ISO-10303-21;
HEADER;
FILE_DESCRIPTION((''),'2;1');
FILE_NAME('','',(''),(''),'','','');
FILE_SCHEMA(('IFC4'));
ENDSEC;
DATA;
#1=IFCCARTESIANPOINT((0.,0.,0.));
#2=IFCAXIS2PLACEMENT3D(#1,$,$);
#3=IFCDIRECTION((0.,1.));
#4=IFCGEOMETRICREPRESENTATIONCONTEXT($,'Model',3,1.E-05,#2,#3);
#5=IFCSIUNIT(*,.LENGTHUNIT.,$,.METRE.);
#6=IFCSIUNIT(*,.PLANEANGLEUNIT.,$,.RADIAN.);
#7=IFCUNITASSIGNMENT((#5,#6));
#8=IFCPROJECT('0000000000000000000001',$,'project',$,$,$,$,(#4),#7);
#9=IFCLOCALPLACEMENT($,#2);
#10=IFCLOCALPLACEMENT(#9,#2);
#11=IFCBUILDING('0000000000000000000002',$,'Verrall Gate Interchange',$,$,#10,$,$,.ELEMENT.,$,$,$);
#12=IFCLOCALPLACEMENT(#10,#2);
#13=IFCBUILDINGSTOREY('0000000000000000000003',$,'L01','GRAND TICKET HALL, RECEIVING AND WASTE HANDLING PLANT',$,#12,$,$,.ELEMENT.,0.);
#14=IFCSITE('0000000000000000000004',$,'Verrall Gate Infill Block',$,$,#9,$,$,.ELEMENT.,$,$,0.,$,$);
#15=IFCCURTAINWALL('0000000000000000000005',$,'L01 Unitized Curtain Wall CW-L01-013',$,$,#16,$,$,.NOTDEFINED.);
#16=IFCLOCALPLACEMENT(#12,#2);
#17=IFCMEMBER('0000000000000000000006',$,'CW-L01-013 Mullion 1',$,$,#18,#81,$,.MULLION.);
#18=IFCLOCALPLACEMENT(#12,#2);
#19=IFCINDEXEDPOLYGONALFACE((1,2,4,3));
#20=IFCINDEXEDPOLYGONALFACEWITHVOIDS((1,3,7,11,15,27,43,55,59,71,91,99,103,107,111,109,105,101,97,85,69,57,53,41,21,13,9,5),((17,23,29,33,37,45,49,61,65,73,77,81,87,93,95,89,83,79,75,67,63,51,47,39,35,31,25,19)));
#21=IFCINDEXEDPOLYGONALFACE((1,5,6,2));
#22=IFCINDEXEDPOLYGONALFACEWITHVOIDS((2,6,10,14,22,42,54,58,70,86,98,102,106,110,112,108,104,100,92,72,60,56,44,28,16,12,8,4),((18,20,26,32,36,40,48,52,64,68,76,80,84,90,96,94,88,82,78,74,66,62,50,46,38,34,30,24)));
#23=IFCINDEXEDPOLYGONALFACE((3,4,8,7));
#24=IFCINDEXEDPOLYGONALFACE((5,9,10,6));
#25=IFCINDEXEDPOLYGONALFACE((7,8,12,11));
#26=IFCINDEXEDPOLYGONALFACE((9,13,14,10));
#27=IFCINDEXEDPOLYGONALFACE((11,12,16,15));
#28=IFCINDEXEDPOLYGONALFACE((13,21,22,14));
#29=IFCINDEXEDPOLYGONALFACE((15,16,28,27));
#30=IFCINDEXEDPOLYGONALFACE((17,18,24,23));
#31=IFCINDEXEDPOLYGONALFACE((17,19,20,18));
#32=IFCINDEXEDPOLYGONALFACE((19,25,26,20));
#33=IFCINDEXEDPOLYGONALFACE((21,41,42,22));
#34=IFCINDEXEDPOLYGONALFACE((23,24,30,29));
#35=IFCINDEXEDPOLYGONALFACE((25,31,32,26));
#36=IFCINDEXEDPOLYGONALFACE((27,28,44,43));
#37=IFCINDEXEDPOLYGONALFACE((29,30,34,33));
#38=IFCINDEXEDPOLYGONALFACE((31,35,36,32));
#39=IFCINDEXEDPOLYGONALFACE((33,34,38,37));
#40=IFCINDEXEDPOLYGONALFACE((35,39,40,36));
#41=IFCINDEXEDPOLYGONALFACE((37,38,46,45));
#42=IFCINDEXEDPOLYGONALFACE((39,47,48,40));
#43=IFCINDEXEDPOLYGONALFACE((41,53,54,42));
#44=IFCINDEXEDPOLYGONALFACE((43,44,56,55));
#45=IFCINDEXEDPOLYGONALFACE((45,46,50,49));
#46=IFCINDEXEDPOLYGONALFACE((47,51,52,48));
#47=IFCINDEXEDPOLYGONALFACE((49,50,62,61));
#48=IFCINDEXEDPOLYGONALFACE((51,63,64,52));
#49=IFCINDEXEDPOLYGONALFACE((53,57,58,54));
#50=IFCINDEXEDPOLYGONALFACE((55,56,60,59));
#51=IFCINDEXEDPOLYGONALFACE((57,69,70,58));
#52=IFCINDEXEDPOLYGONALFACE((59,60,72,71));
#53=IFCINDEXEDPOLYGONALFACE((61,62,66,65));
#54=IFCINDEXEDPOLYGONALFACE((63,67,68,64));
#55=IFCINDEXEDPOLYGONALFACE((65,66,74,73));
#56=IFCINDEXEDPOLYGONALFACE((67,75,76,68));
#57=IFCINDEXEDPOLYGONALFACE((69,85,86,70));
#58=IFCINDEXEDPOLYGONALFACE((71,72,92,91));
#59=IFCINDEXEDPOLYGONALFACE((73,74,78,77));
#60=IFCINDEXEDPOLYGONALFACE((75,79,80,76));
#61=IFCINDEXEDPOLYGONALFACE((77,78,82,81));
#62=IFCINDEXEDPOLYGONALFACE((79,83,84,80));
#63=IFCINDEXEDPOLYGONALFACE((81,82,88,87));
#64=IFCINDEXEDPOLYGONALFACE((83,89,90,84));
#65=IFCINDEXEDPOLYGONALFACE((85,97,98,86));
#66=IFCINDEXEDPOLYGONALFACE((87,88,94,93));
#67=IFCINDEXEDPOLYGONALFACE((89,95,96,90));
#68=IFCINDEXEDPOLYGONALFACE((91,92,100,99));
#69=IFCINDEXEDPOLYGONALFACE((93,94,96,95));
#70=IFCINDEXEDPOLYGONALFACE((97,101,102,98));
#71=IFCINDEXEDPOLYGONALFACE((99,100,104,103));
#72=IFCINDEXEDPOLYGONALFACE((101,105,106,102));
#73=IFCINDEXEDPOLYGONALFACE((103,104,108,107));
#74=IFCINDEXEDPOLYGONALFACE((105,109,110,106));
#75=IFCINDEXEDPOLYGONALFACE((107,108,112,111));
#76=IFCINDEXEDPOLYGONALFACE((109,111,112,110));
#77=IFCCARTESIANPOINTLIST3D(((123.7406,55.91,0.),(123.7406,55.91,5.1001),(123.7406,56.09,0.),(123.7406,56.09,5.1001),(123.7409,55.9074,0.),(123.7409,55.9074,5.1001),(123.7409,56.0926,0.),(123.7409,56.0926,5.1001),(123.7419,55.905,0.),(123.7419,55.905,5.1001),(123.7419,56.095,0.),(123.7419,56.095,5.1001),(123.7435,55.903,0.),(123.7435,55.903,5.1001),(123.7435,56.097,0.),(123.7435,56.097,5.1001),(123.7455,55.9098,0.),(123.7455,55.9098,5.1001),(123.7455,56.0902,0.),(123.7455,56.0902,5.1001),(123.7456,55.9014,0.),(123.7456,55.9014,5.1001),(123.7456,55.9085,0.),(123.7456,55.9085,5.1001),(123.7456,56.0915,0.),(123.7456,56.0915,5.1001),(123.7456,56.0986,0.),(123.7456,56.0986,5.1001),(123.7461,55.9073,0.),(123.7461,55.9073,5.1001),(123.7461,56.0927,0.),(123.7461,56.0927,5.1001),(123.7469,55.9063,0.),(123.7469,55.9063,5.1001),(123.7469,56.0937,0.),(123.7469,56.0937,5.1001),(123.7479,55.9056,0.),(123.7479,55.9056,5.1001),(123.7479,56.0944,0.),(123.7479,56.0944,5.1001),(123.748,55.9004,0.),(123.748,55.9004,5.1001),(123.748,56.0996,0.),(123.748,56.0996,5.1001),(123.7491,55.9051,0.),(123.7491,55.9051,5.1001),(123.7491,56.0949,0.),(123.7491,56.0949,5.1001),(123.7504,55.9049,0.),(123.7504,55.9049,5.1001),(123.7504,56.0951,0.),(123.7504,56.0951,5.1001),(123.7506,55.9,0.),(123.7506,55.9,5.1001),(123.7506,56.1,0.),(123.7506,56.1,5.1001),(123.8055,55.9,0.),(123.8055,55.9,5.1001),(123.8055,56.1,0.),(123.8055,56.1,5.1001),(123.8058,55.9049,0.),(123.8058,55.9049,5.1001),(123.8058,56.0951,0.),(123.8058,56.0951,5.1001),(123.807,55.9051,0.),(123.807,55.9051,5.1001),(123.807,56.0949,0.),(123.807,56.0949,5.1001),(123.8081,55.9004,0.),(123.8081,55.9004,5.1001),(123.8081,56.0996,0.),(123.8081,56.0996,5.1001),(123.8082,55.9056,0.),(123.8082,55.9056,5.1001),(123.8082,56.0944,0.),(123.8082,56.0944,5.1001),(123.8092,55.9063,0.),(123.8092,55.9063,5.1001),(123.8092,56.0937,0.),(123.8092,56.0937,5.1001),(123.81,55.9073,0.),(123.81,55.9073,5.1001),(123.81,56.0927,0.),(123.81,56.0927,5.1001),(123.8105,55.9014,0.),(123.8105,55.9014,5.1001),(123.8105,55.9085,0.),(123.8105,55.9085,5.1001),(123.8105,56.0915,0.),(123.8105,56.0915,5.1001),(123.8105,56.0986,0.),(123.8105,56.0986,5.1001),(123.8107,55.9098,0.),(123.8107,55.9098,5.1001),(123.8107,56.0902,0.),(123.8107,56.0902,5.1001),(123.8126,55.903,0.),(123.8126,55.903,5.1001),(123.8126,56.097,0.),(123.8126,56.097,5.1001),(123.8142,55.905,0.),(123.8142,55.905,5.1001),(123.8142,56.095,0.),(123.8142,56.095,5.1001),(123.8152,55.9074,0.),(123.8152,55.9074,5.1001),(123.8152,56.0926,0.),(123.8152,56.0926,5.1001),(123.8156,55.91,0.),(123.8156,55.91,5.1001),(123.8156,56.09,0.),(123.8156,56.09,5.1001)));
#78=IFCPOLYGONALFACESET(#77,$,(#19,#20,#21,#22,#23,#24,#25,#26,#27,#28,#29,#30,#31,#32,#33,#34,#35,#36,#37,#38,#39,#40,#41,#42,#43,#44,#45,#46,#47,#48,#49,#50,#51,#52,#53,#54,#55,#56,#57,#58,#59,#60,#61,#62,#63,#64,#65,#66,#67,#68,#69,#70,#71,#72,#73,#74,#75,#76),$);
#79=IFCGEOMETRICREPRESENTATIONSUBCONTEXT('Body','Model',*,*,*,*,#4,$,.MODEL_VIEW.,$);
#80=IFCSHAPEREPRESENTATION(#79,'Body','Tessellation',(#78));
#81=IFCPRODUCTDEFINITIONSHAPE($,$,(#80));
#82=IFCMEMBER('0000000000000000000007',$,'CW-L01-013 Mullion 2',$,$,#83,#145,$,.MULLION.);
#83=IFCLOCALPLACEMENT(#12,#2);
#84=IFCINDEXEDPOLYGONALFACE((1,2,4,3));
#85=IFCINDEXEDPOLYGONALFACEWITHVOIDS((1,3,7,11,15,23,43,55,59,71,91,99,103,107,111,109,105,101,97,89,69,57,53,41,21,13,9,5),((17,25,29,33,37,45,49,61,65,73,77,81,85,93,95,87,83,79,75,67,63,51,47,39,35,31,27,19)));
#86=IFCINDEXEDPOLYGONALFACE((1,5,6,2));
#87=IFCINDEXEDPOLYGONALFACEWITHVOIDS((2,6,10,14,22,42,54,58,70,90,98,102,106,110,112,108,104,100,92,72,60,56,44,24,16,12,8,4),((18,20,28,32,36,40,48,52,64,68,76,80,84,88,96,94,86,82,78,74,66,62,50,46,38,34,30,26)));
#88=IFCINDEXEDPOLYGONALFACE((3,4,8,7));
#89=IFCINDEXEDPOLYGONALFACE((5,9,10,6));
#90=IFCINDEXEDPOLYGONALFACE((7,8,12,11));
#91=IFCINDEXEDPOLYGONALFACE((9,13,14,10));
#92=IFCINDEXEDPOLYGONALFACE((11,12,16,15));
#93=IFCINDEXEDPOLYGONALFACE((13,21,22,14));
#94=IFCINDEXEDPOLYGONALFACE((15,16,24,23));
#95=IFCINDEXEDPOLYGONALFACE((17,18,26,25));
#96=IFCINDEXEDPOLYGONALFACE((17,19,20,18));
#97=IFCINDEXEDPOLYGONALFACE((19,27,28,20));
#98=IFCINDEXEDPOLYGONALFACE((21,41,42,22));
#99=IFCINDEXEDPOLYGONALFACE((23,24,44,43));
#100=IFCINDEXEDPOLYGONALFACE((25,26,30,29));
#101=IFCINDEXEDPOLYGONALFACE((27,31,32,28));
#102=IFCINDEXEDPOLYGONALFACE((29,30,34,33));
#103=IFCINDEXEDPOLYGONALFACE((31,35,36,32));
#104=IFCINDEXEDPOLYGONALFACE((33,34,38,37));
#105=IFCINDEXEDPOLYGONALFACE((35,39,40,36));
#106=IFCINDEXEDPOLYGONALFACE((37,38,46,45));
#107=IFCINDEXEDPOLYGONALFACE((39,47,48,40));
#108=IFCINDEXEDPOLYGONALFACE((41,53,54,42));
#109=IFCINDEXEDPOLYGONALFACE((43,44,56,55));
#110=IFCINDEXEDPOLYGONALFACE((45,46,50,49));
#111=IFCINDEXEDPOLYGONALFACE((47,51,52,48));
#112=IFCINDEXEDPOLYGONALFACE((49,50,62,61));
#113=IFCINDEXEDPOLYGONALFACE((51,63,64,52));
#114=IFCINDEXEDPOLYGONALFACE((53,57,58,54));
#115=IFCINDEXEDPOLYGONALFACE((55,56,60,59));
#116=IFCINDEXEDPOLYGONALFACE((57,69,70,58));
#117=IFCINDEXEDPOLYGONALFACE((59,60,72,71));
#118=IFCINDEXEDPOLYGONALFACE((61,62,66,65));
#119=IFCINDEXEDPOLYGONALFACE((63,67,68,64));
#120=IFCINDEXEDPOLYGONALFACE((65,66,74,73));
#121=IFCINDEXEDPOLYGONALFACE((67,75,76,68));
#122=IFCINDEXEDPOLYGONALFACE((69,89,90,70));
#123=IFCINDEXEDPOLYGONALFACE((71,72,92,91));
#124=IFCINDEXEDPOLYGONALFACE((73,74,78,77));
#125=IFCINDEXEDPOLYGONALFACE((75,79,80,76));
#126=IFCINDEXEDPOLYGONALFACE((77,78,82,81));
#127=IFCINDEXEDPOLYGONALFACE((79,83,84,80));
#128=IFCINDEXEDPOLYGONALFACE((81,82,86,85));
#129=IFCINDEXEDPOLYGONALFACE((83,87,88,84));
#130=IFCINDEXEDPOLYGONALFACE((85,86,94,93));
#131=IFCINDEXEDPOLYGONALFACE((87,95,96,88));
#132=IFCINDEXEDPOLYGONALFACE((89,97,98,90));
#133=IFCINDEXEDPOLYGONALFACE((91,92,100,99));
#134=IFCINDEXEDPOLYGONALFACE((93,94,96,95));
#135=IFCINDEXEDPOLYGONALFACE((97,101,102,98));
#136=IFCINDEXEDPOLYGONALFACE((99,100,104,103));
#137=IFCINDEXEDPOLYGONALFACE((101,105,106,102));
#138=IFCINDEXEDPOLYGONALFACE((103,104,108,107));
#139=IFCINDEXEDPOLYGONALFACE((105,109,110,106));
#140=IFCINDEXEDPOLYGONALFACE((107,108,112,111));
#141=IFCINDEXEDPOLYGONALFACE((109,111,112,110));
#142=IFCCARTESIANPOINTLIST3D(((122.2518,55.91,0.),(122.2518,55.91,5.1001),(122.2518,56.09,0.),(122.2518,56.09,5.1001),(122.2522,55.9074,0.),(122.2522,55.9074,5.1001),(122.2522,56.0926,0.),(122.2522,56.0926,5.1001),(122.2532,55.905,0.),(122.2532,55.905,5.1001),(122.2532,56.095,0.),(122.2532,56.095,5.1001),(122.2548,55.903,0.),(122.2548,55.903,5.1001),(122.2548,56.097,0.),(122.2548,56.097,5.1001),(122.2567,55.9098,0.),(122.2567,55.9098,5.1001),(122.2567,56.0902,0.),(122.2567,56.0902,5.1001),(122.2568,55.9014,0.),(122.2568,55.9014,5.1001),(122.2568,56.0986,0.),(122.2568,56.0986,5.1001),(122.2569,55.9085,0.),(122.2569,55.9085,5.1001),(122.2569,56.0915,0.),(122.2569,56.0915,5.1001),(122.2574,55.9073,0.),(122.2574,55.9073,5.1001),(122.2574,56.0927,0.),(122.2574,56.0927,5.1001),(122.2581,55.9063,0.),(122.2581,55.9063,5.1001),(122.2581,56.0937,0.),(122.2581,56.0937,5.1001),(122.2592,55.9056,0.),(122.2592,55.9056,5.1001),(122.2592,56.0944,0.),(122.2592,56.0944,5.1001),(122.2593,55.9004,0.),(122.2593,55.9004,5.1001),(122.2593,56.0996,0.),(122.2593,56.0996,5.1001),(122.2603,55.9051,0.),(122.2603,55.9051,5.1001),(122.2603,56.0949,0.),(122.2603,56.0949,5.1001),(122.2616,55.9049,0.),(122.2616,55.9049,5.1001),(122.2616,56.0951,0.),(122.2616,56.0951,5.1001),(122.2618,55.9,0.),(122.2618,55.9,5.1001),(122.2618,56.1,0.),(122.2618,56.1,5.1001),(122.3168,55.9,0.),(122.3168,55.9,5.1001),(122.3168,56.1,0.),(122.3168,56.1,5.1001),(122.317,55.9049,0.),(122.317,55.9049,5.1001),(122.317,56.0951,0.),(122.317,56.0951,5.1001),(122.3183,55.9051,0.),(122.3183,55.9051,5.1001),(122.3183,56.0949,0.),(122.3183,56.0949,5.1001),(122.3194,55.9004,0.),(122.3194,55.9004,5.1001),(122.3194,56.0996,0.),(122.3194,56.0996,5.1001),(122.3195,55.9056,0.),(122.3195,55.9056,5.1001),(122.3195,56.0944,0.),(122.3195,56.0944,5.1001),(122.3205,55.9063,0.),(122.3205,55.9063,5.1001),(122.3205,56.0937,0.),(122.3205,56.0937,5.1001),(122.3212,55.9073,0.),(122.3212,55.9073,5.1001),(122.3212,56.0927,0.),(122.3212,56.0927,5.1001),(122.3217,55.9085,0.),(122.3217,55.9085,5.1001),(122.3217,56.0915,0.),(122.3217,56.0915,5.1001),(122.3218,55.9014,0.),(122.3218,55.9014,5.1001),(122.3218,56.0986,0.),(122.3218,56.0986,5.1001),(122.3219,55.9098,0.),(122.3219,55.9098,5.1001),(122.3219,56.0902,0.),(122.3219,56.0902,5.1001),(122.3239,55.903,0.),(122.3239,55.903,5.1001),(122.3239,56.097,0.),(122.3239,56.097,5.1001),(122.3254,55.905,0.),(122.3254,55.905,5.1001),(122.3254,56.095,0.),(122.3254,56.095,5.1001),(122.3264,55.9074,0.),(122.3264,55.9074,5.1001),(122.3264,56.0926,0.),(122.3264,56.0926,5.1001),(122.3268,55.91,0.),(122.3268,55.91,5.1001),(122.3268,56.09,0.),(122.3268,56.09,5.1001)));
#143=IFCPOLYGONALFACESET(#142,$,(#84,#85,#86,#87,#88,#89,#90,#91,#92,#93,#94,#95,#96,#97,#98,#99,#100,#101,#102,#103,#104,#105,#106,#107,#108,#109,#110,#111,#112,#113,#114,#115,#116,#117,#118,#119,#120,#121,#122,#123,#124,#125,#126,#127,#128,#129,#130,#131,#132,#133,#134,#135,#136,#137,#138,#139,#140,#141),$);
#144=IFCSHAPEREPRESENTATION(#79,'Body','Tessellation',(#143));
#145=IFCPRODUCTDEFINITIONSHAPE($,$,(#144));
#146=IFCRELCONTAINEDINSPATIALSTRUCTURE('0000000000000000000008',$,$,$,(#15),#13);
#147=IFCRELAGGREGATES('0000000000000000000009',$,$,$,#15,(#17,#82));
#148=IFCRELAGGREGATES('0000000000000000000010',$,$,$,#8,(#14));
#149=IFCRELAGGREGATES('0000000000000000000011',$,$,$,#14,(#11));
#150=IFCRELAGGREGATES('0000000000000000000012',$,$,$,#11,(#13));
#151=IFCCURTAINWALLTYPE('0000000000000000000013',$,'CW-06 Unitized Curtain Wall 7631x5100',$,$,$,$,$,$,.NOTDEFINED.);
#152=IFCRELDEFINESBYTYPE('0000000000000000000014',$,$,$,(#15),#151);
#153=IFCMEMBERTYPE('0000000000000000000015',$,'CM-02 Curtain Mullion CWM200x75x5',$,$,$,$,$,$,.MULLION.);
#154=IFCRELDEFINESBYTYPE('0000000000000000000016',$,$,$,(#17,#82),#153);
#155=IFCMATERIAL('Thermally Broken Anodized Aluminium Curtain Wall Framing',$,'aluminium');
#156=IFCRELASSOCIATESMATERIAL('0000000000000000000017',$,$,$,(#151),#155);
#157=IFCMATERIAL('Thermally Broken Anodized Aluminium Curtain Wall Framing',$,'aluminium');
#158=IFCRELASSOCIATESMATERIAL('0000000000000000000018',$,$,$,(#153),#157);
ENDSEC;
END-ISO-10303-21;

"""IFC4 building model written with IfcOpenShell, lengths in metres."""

from ifc_helpers import new_model, si_unit, direction, frame, origin, origin_2d, place, context, subcontext, project, spatial, hollow_rectangle, extrude, material, material_profile, profile_set, type_object, element, aggregate, save


model = new_model("IFC4")

# Units and contexts
model_context = context("Model", 3, precision=1e-05, world=origin(), true_north=direction((0.0, 1.0)))
body_context = subcontext(model_context, "Body", "Model", "MODEL_VIEW")
ifc_project = project(units=[si_unit("LENGTHUNIT", "METRE"), si_unit("PLANEANGLEUNIT", "RADIAN")], contexts=[model_context])

# Site, building, storey
site_placement = place(None, origin())
site = spatial("IfcSite", under=ifc_project, at=site_placement, Name="Verrall Gate Infill Block", CompositionType="ELEMENT", RefElevation=0.0)
building_placement = place(site_placement, origin())
building = spatial("IfcBuilding", under=site, at=building_placement, Name="Verrall Gate Interchange", CompositionType="ELEMENT")
storey_placement = place(building_placement, origin())
storey = spatial("IfcBuildingStorey", under=building, at=storey_placement, Name="L01", Description="GRAND TICKET HALL, RECEIVING AND WASTE HANDLING PLANT", CompositionType="ELEMENT", Elevation=0.0)

# Shared definitions
ifc_material_1 = material(Name="Thermally Broken Anodized Aluminium Curtain Wall Framing", Category="aluminium")
curtain_wall_type = type_object("IfcCurtainWallType", Name="CW-06 Unitized Curtain Wall 7631x5100", PredefinedType="NOTDEFINED", material=ifc_material_1)

# Curtain wall, members
curtain_wall_1_placement = place(storey_placement, origin())
curtain_wall_1 = element("IfcCurtainWall", 1, at=curtain_wall_1_placement, inside=storey, type_object=curtain_wall_type, Name="L01 Unitized Curtain Wall CW-L01-013", PredefinedType="NOTDEFINED")
ifc_material_2 = material(Name="Thermally Broken Anodized Aluminium Curtain Wall Framing", Category="aluminium")
ifc_material_profile_1 = material_profile(ifc_material_2, hollow_rectangle(XDim=0.075, YDim=0.2, WallThickness=0.0049, InnerFilletRadius=0.0049, OuterFilletRadius=0.01, at=origin_2d()), Name="CWM200x75x5")
ifc_profile_set_1 = profile_set([ifc_material_profile_1], Name="Thermally Broken Anodized Aluminium Curtain Wall Framing")
member_type_1 = type_object("IfcMemberType", Name="CM-02 Curtain Mullion CWM200x75x5", PredefinedType="MULLION", material=ifc_profile_set_1)
member_1_placement = place(storey_placement, frame((123.7781, 56.0, 0.0), z_axis=(0.0, 0.0, 1.0), x_axis=(-1.0, 0.0, 0.0)))
member_1 = element("IfcMember", 2, at=member_1_placement, type_object=member_type_1, Name="CW-L01-013 Mullion 1", PredefinedType="MULLION", context=body_context, shape_type="SweptSolid", body=[
    extrude(hollow_rectangle(XDim=0.075, YDim=0.2, WallThickness=0.0049, InnerFilletRadius=0.0049, OuterFilletRadius=0.01, at=origin_2d()), origin(), (0.0, 0.0, 1.0), 5.1001),
])
member_2_placement = place(storey_placement, frame((122.2893, 56.0, 0.0), z_axis=(0.0, 0.0, 1.0), x_axis=(-1.0, 0.0, 0.0)))
member_2 = element("IfcMember", 3, at=member_2_placement, type_object=member_type_1, Name="CW-L01-013 Mullion 2", PredefinedType="MULLION", context=body_context, shape_type="SweptSolid", body=[
    extrude(hollow_rectangle(XDim=0.075, YDim=0.2, WallThickness=0.0049, InnerFilletRadius=0.0049, OuterFilletRadius=0.01, at=origin_2d()), origin(), (0.0, 0.0, 1.0), 5.1001),
])

aggregate(curtain_wall_1, [member_1, member_2])

save(model, "model.ifc")
